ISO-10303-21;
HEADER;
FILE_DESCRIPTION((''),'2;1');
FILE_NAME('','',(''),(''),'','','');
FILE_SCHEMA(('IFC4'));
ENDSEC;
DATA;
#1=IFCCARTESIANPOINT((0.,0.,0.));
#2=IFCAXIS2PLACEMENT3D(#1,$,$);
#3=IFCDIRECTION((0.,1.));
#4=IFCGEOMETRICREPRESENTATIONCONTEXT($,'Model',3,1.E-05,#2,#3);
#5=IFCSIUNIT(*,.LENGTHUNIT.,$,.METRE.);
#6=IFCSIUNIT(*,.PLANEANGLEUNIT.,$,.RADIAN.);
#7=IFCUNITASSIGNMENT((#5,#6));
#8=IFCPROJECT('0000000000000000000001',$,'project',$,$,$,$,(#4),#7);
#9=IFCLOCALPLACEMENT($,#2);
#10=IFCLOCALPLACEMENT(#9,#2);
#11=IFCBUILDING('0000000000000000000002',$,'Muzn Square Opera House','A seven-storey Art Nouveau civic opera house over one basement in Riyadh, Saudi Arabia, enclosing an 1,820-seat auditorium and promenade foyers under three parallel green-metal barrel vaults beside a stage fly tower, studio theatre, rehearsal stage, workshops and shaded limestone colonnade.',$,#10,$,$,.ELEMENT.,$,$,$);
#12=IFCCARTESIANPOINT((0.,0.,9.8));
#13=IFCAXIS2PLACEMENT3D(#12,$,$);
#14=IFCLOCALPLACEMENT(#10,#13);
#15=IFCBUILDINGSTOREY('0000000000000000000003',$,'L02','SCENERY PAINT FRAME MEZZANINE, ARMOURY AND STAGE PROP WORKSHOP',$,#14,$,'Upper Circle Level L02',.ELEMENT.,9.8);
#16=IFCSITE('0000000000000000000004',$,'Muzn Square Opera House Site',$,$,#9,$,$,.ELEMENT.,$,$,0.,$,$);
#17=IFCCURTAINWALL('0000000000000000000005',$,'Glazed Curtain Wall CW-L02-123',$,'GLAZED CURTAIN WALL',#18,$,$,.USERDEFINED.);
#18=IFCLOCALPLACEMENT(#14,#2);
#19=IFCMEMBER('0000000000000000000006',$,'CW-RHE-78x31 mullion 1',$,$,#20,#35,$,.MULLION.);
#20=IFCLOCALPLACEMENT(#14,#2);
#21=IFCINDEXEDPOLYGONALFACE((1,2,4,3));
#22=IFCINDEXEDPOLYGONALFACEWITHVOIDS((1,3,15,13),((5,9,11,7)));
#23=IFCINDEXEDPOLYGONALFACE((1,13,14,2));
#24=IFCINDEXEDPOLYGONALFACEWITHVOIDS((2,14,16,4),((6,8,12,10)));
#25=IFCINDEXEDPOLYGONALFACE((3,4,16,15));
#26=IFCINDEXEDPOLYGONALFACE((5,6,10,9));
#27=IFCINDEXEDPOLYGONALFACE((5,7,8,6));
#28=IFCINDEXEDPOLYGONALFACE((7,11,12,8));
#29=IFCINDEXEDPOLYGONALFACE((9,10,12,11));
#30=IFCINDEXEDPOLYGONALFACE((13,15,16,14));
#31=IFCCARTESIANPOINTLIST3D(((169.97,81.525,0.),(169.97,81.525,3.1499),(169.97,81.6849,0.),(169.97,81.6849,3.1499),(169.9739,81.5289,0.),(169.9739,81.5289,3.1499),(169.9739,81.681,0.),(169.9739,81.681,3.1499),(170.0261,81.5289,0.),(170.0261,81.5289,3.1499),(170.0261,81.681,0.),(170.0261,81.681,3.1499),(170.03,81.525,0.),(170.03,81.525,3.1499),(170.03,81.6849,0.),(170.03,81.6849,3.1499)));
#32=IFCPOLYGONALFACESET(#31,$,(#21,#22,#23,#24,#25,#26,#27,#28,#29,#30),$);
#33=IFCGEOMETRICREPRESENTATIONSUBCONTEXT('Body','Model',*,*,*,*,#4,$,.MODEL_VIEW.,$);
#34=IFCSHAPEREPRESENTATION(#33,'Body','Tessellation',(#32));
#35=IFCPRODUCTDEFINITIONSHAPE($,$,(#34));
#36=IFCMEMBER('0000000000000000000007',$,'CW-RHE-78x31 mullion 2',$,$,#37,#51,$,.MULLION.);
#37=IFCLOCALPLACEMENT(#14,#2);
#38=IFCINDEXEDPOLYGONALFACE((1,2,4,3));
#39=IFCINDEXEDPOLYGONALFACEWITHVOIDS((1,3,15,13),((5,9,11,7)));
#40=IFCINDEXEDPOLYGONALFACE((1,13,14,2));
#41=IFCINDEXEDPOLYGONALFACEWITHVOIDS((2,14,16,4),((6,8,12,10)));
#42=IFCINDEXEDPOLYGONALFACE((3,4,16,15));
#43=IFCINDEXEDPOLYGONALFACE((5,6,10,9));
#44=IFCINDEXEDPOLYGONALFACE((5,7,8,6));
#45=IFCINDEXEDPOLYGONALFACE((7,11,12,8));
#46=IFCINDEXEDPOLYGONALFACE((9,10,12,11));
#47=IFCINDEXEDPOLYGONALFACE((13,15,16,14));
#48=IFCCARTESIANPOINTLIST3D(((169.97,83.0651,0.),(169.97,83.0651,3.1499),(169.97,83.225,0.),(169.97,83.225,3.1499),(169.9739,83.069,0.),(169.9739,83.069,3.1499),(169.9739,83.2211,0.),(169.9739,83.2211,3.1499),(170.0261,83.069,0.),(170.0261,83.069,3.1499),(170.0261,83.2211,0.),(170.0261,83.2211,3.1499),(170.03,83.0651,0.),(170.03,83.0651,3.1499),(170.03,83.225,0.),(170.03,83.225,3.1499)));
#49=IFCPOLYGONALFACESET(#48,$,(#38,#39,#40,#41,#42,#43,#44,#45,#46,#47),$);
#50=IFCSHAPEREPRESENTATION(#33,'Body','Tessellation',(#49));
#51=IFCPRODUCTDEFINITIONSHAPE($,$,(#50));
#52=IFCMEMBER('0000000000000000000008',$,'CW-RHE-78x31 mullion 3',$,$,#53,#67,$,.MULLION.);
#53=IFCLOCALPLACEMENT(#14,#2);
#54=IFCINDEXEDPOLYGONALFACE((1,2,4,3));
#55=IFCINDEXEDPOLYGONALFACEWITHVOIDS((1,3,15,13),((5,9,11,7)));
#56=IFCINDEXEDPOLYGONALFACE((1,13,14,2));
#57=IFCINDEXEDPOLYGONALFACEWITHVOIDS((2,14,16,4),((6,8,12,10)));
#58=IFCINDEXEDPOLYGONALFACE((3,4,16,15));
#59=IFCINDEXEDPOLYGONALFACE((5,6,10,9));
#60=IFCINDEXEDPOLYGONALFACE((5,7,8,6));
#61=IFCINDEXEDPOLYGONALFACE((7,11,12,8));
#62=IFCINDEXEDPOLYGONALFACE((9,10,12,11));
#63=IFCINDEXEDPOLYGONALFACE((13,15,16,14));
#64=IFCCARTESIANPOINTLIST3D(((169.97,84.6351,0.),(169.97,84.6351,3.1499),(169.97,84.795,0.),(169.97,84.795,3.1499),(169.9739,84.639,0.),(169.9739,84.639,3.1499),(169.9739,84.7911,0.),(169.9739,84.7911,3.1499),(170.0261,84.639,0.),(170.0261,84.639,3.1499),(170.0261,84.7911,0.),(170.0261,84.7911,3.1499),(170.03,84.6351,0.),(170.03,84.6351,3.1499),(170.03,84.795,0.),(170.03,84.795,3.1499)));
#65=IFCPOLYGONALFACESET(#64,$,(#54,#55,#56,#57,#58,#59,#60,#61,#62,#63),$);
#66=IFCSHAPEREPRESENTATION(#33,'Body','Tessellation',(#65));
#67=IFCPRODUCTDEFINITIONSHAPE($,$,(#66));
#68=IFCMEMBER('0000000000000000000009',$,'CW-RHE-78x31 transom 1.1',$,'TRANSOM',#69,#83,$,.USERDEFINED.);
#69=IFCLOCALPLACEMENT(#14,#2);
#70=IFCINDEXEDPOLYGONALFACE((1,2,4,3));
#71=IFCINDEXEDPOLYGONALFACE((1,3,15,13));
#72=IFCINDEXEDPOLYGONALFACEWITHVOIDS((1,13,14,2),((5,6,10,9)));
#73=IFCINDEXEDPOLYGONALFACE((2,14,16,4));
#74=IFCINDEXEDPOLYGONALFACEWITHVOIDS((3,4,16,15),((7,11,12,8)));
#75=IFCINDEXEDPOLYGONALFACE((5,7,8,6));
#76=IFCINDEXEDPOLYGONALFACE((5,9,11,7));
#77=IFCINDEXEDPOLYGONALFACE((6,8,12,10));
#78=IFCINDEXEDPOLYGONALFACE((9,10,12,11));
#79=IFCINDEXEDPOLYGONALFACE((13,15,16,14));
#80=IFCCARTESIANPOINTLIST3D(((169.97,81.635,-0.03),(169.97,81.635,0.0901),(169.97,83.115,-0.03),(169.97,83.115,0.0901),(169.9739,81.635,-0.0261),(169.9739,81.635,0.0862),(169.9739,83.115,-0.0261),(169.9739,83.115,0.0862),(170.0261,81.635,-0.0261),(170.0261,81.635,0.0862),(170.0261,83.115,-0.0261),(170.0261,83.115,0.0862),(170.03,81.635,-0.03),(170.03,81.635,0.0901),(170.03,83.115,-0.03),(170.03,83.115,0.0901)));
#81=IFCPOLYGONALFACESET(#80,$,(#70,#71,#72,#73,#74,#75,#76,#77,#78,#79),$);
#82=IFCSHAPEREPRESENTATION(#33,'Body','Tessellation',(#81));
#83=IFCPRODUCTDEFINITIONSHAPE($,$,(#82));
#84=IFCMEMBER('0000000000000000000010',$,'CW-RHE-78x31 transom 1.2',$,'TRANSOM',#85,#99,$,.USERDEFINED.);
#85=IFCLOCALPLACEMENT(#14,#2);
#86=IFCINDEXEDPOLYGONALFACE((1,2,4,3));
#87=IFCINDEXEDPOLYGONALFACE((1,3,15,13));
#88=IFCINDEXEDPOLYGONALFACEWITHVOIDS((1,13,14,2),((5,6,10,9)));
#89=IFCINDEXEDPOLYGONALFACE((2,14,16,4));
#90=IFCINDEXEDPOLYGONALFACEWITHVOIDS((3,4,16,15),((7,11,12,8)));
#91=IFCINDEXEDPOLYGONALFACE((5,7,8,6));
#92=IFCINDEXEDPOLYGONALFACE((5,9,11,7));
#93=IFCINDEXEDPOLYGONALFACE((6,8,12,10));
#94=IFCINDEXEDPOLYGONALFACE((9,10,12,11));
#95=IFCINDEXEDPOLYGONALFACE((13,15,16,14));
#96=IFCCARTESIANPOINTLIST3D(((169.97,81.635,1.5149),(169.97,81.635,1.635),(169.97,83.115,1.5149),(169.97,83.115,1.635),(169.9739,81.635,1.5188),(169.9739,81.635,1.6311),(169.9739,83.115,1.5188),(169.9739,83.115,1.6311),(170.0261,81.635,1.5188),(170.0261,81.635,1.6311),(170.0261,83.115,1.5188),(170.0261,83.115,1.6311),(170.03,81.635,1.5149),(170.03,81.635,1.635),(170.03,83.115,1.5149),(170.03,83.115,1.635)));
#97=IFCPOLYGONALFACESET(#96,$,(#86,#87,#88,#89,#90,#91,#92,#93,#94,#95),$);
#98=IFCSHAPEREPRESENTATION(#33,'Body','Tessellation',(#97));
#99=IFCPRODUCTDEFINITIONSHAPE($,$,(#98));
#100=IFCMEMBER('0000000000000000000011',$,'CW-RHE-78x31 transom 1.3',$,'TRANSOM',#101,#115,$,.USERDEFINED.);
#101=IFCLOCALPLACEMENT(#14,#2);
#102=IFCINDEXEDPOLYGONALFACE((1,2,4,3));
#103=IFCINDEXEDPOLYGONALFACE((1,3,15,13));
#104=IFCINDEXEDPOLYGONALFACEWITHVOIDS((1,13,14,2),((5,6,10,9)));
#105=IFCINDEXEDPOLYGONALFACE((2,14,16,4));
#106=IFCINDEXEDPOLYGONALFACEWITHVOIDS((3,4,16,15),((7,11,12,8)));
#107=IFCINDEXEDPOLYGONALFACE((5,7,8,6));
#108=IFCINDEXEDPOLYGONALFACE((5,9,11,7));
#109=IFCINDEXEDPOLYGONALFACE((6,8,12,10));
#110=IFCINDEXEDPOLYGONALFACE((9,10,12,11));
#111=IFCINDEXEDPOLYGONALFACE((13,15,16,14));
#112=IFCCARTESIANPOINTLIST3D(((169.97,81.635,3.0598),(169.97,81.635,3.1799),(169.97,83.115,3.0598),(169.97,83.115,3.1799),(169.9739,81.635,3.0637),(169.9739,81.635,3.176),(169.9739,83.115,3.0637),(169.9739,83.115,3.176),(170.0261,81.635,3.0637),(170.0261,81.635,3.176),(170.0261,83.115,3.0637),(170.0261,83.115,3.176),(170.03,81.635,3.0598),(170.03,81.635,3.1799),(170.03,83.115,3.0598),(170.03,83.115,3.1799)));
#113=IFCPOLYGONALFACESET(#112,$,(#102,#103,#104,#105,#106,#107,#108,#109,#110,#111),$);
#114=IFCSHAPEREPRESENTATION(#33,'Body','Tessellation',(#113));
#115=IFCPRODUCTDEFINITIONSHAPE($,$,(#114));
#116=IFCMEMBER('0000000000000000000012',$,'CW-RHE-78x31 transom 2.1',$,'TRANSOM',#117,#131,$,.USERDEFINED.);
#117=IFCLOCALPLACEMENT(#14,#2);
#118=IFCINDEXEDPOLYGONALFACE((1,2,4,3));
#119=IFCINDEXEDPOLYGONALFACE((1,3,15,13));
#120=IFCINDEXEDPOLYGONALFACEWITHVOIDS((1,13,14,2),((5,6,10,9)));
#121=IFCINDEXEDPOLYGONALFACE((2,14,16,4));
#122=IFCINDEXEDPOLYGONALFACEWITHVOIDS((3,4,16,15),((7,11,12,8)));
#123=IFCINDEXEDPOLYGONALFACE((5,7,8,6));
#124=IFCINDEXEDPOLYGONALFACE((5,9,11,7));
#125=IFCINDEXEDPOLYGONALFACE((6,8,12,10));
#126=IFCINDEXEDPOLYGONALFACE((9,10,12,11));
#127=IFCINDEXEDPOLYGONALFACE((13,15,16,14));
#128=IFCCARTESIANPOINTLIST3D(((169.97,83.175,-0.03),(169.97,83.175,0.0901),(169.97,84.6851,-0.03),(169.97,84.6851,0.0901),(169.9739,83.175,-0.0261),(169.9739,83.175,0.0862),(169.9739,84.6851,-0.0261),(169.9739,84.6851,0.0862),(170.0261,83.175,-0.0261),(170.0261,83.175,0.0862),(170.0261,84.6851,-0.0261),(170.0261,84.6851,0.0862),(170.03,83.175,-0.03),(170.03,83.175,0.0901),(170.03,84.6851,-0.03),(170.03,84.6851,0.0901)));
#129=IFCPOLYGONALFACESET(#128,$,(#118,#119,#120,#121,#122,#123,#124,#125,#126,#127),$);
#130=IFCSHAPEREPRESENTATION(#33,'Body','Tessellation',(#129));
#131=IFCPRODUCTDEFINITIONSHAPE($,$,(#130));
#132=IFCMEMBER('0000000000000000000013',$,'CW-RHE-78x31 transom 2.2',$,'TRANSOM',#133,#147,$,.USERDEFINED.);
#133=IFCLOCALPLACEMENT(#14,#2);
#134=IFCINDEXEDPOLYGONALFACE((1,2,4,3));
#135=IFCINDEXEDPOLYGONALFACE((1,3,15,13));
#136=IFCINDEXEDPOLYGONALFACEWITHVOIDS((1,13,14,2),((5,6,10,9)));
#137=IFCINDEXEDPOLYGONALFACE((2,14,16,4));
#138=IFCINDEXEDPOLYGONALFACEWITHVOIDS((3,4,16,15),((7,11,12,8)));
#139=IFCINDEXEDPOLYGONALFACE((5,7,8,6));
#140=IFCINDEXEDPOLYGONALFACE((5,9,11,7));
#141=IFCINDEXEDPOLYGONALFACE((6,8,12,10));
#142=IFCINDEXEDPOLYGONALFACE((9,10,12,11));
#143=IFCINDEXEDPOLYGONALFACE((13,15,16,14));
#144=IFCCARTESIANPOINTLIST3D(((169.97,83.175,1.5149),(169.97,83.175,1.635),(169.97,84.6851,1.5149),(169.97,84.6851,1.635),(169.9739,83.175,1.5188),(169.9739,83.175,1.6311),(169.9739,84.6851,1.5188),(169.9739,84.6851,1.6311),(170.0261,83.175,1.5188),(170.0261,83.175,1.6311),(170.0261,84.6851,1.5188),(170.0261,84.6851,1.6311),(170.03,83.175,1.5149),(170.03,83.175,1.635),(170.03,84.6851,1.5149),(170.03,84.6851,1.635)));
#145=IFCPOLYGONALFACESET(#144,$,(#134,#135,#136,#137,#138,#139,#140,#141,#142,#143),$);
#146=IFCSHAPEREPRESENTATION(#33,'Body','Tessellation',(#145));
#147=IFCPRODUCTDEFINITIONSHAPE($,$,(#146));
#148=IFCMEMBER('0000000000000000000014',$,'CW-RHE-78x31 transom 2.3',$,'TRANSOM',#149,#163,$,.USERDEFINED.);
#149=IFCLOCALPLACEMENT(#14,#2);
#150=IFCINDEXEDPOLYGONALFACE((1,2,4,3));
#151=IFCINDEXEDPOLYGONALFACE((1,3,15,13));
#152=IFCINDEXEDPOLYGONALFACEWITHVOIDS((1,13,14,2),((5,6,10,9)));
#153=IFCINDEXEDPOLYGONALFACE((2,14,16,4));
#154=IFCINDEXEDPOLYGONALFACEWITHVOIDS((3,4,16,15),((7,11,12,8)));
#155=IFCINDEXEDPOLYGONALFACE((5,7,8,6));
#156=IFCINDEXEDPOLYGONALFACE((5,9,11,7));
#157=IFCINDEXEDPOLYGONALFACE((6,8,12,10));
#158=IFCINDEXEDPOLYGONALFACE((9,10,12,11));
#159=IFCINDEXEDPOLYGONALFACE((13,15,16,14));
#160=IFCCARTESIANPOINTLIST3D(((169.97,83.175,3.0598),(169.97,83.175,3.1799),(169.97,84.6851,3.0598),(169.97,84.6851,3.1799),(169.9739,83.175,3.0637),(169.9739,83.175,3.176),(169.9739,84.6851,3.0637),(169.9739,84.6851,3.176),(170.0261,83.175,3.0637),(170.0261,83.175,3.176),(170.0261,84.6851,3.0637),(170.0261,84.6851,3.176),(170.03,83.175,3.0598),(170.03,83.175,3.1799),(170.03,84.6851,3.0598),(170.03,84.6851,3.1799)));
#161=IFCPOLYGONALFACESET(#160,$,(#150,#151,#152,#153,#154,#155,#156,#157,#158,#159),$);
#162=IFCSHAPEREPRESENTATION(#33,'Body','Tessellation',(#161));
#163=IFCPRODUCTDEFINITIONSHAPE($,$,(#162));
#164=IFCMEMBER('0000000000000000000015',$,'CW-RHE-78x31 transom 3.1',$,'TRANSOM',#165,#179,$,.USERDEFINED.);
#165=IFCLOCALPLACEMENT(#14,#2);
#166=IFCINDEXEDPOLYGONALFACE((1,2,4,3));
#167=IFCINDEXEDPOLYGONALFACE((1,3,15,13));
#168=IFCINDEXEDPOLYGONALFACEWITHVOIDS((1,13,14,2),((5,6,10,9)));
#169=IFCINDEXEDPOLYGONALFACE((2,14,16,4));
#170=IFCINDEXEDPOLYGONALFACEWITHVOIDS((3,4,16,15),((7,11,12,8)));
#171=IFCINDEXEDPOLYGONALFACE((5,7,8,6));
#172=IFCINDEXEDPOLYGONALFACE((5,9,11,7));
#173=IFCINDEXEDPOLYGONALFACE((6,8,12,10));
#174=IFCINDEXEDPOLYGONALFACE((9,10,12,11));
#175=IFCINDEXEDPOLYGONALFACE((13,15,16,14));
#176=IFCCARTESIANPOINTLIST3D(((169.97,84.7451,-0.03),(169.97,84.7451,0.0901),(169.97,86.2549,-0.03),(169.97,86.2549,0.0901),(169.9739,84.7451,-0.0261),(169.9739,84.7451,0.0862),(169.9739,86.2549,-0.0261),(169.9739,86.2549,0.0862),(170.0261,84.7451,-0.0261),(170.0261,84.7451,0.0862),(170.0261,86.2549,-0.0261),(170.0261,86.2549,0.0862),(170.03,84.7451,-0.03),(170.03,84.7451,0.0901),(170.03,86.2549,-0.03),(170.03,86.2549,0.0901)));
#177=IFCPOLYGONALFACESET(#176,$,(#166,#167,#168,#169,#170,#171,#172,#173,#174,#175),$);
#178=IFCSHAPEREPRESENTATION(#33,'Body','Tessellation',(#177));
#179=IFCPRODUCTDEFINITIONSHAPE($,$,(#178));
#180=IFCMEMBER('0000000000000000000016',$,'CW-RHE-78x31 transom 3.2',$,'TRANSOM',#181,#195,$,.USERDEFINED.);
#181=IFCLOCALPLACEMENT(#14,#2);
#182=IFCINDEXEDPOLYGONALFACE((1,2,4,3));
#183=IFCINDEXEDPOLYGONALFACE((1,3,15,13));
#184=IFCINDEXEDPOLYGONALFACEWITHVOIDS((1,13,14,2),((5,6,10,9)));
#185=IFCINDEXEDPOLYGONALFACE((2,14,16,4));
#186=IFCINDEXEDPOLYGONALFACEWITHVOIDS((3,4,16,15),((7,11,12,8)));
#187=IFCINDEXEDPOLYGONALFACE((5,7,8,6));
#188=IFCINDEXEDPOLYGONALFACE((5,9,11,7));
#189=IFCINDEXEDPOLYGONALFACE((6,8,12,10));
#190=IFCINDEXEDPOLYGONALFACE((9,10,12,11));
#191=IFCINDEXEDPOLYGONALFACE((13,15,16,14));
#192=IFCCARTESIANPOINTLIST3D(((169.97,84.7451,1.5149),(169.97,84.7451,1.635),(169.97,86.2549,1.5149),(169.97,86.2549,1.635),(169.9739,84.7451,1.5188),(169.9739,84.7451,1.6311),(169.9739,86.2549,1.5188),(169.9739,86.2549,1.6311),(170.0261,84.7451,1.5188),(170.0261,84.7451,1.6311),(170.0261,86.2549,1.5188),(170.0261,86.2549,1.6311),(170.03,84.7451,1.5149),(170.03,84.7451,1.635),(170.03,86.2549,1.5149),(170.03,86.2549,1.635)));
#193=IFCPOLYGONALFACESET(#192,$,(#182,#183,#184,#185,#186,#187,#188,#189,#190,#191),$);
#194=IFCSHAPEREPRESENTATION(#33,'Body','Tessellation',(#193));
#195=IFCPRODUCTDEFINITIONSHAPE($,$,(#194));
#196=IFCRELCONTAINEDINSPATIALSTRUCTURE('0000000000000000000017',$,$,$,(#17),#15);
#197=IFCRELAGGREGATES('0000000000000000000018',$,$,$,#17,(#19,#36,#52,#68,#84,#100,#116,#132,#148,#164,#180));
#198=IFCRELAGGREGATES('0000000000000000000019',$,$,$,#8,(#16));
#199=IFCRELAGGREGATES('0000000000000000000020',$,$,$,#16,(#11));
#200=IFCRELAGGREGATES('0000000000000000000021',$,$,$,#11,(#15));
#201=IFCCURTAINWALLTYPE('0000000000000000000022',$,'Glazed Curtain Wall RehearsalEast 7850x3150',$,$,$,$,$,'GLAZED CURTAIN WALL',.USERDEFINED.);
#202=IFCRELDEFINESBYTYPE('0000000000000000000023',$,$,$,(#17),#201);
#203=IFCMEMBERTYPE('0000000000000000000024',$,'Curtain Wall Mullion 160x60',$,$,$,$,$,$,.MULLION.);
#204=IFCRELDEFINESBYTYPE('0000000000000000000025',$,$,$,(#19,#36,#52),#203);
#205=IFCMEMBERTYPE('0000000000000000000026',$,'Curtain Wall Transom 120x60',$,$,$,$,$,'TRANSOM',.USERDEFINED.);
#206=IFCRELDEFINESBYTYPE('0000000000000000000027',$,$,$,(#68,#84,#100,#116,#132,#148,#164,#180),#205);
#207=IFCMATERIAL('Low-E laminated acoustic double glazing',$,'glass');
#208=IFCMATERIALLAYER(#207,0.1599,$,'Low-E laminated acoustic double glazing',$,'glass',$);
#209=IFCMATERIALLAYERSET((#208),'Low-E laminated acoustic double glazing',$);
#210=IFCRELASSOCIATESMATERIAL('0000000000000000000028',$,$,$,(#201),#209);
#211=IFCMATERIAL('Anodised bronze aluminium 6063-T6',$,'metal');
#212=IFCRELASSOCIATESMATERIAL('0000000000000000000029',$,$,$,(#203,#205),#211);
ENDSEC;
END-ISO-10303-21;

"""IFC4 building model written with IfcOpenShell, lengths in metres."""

from ifc_helpers import new_model, si_unit, direction, frame, origin, origin_2d, place, context, subcontext, project, spatial, hollow_rectangle, extrude, material, layer, layer_set, material_profile, profile_set, type_object, element, aggregate, save


model = new_model("IFC4")

# Units and contexts
model_context = context("Model", 3, precision=1e-05, world=origin(), true_north=direction((0.0, 1.0)))
body_context = subcontext(model_context, "Body", "Model", "MODEL_VIEW")
ifc_project = project(units=[si_unit("LENGTHUNIT", "METRE"), si_unit("PLANEANGLEUNIT", "RADIAN")], contexts=[model_context])

# Site, building, storey
site_placement = place(None, origin())
site = spatial("IfcSite", under=ifc_project, at=site_placement, Name="Muzn Square Opera House Site", CompositionType="ELEMENT", RefElevation=0.0)
building_placement = place(site_placement, origin())
building = spatial("IfcBuilding", under=site, at=building_placement, Name="Muzn Square Opera House", Description="A seven-storey Art Nouveau civic opera house over one basement in Riyadh, Saudi Arabia, enclosing an 1,820-seat auditorium and promenade foyers under three parallel green-metal barrel vaults beside a stage fly tower, studio theatre, rehearsal stage, workshops and shaded limestone colonnade.", CompositionType="ELEMENT")
storey_placement = place(building_placement, frame((0.0, 0.0, 9.8)))
storey = spatial("IfcBuildingStorey", under=building, at=storey_placement, Name="L02", Description="SCENERY PAINT FRAME MEZZANINE, ARMOURY AND STAGE PROP WORKSHOP", LongName="Upper Circle Level L02", CompositionType="ELEMENT", Elevation=9.8)

# Curtain wall, members
ifc_material_1 = material(Name="Low-E laminated acoustic double glazing", Category="glass")
ifc_layer_1 = layer(ifc_material_1, 0.1599, Name="Low-E laminated acoustic double glazing", Category="glass")
ifc_layer_set_1 = layer_set([ifc_layer_1], Name="Low-E laminated acoustic double glazing")
curtain_wall_type = type_object("IfcCurtainWallType", Name="Glazed Curtain Wall RehearsalEast 7850x3150", ElementType="GLAZED CURTAIN WALL", PredefinedType="USERDEFINED", material=ifc_layer_set_1)
curtain_wall_placement = place(storey_placement, origin())
curtain_wall = element("IfcCurtainWall", 1, at=curtain_wall_placement, inside=storey, type_object=curtain_wall_type, Name="Glazed Curtain Wall CW-L02-123", ObjectType="GLAZED CURTAIN WALL", PredefinedType="USERDEFINED")
ifc_material_2 = material(Name="Anodised bronze aluminium 6063-T6", Category="metal")
ifc_material_profile_1 = material_profile(ifc_material_2, hollow_rectangle(XDim=0.0601, YDim=0.1599, WallThickness=0.0039, at=origin_2d()), Name="ALU 160x60x4", Category="metal")
ifc_profile_set_1 = profile_set([ifc_material_profile_1], Name="Anodised bronze aluminium 6063-T6")
member_type_1 = type_object("IfcMemberType", Name="Curtain Wall Mullion 160x60", PredefinedType="MULLION", material=ifc_profile_set_1)
member_1_placement = place(storey_placement, frame((170.0, 81.605, 0.0), z_axis=(0.0, 0.0, 1.0), x_axis=(-1.0, 0.0, 0.0)))
member_1 = element("IfcMember", 2, at=member_1_placement, type_object=member_type_1, Name="CW-RHE-78x31 mullion 1", PredefinedType="MULLION", context=body_context, shape_type="SweptSolid", body=[
    extrude(hollow_rectangle(XDim=0.0601, YDim=0.1599, WallThickness=0.0039, at=origin_2d()), origin(), (0.0, 0.0, 1.0), 3.1499),
])
member_2_placement = place(storey_placement, frame((170.0, 83.145, 0.0), z_axis=(0.0, 0.0, 1.0), x_axis=(-1.0, 0.0, 0.0)))
member_2 = element("IfcMember", 3, at=member_2_placement, type_object=member_type_1, Name="CW-RHE-78x31 mullion 2", PredefinedType="MULLION", context=body_context, shape_type="SweptSolid", body=[
    extrude(hollow_rectangle(XDim=0.0601, YDim=0.1599, WallThickness=0.0039, at=origin_2d()), origin(), (0.0, 0.0, 1.0), 3.1499),
])
member_3_placement = place(storey_placement, frame((170.0, 84.7151, 0.0), z_axis=(0.0, 0.0, 1.0), x_axis=(-1.0, 0.0, 0.0)))
member_3 = element("IfcMember", 4, at=member_3_placement, type_object=member_type_1, Name="CW-RHE-78x31 mullion 3", PredefinedType="MULLION", context=body_context, shape_type="SweptSolid", body=[
    extrude(hollow_rectangle(XDim=0.0601, YDim=0.1599, WallThickness=0.0039, at=origin_2d()), origin(), (0.0, 0.0, 1.0), 3.1499),
])
ifc_material_profile_2 = material_profile(ifc_material_2, hollow_rectangle(XDim=0.0601, YDim=0.1201, WallThickness=0.0039, at=origin_2d()), Name="ALU 120x60x4", Category="metal")
ifc_profile_set_2 = profile_set([ifc_material_profile_2], Name="Anodised bronze aluminium 6063-T6")
member_type_2 = type_object("IfcMemberType", Name="Curtain Wall Transom 120x60", ElementType="TRANSOM", PredefinedType="USERDEFINED", material=ifc_profile_set_2)
member_4_placement = place(storey_placement, frame((170.0, 81.635, 0.03), z_axis=(0.0, 1.0, 0.0), x_axis=(-1.0, 0.0, 0.0)))
member_4 = element("IfcMember", 5, at=member_4_placement, type_object=member_type_2, Name="CW-RHE-78x31 transom 1.1", ObjectType="TRANSOM", PredefinedType="USERDEFINED", context=body_context, shape_type="SweptSolid", body=[
    extrude(hollow_rectangle(XDim=0.0601, YDim=0.1201, WallThickness=0.0039, at=origin_2d()), origin(), (0.0, 0.0, 1.0), 1.48),
])
member_5_placement = place(storey_placement, frame((170.0, 81.635, 1.575), z_axis=(0.0, 1.0, 0.0), x_axis=(-1.0, 0.0, 0.0)))
member_5 = element("IfcMember", 6, at=member_5_placement, type_object=member_type_2, Name="CW-RHE-78x31 transom 1.2", ObjectType="TRANSOM", PredefinedType="USERDEFINED", context=body_context, shape_type="SweptSolid", body=[
    extrude(hollow_rectangle(XDim=0.0601, YDim=0.1201, WallThickness=0.0039, at=origin_2d()), origin(), (0.0, 0.0, 1.0), 1.48),
])
member_6_placement = place(storey_placement, frame((170.0, 81.635, 3.1199), z_axis=(0.0, 1.0, 0.0), x_axis=(-1.0, 0.0, 0.0)))
member_6 = element("IfcMember", 7, at=member_6_placement, type_object=member_type_2, Name="CW-RHE-78x31 transom 1.3", ObjectType="TRANSOM", PredefinedType="USERDEFINED", context=body_context, shape_type="SweptSolid", body=[
    extrude(hollow_rectangle(XDim=0.0601, YDim=0.1201, WallThickness=0.0039, at=origin_2d()), origin(), (0.0, 0.0, 1.0), 1.48),
])
member_7_placement = place(storey_placement, frame((170.0, 83.175, 0.03), z_axis=(0.0, 1.0, 0.0), x_axis=(-1.0, 0.0, 0.0)))
member_7 = element("IfcMember", 8, at=member_7_placement, type_object=member_type_2, Name="CW-RHE-78x31 transom 2.1", ObjectType="TRANSOM", PredefinedType="USERDEFINED", context=body_context, shape_type="SweptSolid", body=[
    extrude(hollow_rectangle(XDim=0.0601, YDim=0.1201, WallThickness=0.0039, at=origin_2d()), origin(), (0.0, 0.0, 1.0), 1.51),
])
member_8_placement = place(storey_placement, frame((170.0, 83.175, 1.575), z_axis=(0.0, 1.0, 0.0), x_axis=(-1.0, 0.0, 0.0)))
member_8 = element("IfcMember", 9, at=member_8_placement, type_object=member_type_2, Name="CW-RHE-78x31 transom 2.2", ObjectType="TRANSOM", PredefinedType="USERDEFINED", context=body_context, shape_type="SweptSolid", body=[
    extrude(hollow_rectangle(XDim=0.0601, YDim=0.1201, WallThickness=0.0039, at=origin_2d()), origin(), (0.0, 0.0, 1.0), 1.51),
])
member_9_placement = place(storey_placement, frame((170.0, 83.175, 3.1199), z_axis=(0.0, 1.0, 0.0), x_axis=(-1.0, 0.0, 0.0)))
member_9 = element("IfcMember", 10, at=member_9_placement, type_object=member_type_2, Name="CW-RHE-78x31 transom 2.3", ObjectType="TRANSOM", PredefinedType="USERDEFINED", context=body_context, shape_type="SweptSolid", body=[
    extrude(hollow_rectangle(XDim=0.0601, YDim=0.1201, WallThickness=0.0039, at=origin_2d()), origin(), (0.0, 0.0, 1.0), 1.51),
])
member_10_placement = place(storey_placement, frame((170.0, 84.7451, 0.03), z_axis=(0.0, 1.0, 0.0), x_axis=(-1.0, 0.0, 0.0)))
member_10 = element("IfcMember", 11, at=member_10_placement, type_object=member_type_2, Name="CW-RHE-78x31 transom 3.1", ObjectType="TRANSOM", PredefinedType="USERDEFINED", context=body_context, shape_type="SweptSolid", body=[
    extrude(hollow_rectangle(XDim=0.0601, YDim=0.1201, WallThickness=0.0039, at=origin_2d()), origin(), (0.0, 0.0, 1.0), 1.5098),
])
member_11_placement = place(storey_placement, frame((170.0, 84.7451, 1.575), z_axis=(0.0, 1.0, 0.0), x_axis=(-1.0, 0.0, 0.0)))
member_11 = element("IfcMember", 12, at=member_11_placement, type_object=member_type_2, Name="CW-RHE-78x31 transom 3.2", ObjectType="TRANSOM", PredefinedType="USERDEFINED", context=body_context, shape_type="SweptSolid", body=[
    extrude(hollow_rectangle(XDim=0.0601, YDim=0.1201, WallThickness=0.0039, at=origin_2d()), origin(), (0.0, 0.0, 1.0), 1.5098),
])
aggregate(curtain_wall, [member_1, member_2, member_3, member_4, member_5, member_6, member_7, member_8, member_9, member_10, member_11])

save(model, "model.ifc")
